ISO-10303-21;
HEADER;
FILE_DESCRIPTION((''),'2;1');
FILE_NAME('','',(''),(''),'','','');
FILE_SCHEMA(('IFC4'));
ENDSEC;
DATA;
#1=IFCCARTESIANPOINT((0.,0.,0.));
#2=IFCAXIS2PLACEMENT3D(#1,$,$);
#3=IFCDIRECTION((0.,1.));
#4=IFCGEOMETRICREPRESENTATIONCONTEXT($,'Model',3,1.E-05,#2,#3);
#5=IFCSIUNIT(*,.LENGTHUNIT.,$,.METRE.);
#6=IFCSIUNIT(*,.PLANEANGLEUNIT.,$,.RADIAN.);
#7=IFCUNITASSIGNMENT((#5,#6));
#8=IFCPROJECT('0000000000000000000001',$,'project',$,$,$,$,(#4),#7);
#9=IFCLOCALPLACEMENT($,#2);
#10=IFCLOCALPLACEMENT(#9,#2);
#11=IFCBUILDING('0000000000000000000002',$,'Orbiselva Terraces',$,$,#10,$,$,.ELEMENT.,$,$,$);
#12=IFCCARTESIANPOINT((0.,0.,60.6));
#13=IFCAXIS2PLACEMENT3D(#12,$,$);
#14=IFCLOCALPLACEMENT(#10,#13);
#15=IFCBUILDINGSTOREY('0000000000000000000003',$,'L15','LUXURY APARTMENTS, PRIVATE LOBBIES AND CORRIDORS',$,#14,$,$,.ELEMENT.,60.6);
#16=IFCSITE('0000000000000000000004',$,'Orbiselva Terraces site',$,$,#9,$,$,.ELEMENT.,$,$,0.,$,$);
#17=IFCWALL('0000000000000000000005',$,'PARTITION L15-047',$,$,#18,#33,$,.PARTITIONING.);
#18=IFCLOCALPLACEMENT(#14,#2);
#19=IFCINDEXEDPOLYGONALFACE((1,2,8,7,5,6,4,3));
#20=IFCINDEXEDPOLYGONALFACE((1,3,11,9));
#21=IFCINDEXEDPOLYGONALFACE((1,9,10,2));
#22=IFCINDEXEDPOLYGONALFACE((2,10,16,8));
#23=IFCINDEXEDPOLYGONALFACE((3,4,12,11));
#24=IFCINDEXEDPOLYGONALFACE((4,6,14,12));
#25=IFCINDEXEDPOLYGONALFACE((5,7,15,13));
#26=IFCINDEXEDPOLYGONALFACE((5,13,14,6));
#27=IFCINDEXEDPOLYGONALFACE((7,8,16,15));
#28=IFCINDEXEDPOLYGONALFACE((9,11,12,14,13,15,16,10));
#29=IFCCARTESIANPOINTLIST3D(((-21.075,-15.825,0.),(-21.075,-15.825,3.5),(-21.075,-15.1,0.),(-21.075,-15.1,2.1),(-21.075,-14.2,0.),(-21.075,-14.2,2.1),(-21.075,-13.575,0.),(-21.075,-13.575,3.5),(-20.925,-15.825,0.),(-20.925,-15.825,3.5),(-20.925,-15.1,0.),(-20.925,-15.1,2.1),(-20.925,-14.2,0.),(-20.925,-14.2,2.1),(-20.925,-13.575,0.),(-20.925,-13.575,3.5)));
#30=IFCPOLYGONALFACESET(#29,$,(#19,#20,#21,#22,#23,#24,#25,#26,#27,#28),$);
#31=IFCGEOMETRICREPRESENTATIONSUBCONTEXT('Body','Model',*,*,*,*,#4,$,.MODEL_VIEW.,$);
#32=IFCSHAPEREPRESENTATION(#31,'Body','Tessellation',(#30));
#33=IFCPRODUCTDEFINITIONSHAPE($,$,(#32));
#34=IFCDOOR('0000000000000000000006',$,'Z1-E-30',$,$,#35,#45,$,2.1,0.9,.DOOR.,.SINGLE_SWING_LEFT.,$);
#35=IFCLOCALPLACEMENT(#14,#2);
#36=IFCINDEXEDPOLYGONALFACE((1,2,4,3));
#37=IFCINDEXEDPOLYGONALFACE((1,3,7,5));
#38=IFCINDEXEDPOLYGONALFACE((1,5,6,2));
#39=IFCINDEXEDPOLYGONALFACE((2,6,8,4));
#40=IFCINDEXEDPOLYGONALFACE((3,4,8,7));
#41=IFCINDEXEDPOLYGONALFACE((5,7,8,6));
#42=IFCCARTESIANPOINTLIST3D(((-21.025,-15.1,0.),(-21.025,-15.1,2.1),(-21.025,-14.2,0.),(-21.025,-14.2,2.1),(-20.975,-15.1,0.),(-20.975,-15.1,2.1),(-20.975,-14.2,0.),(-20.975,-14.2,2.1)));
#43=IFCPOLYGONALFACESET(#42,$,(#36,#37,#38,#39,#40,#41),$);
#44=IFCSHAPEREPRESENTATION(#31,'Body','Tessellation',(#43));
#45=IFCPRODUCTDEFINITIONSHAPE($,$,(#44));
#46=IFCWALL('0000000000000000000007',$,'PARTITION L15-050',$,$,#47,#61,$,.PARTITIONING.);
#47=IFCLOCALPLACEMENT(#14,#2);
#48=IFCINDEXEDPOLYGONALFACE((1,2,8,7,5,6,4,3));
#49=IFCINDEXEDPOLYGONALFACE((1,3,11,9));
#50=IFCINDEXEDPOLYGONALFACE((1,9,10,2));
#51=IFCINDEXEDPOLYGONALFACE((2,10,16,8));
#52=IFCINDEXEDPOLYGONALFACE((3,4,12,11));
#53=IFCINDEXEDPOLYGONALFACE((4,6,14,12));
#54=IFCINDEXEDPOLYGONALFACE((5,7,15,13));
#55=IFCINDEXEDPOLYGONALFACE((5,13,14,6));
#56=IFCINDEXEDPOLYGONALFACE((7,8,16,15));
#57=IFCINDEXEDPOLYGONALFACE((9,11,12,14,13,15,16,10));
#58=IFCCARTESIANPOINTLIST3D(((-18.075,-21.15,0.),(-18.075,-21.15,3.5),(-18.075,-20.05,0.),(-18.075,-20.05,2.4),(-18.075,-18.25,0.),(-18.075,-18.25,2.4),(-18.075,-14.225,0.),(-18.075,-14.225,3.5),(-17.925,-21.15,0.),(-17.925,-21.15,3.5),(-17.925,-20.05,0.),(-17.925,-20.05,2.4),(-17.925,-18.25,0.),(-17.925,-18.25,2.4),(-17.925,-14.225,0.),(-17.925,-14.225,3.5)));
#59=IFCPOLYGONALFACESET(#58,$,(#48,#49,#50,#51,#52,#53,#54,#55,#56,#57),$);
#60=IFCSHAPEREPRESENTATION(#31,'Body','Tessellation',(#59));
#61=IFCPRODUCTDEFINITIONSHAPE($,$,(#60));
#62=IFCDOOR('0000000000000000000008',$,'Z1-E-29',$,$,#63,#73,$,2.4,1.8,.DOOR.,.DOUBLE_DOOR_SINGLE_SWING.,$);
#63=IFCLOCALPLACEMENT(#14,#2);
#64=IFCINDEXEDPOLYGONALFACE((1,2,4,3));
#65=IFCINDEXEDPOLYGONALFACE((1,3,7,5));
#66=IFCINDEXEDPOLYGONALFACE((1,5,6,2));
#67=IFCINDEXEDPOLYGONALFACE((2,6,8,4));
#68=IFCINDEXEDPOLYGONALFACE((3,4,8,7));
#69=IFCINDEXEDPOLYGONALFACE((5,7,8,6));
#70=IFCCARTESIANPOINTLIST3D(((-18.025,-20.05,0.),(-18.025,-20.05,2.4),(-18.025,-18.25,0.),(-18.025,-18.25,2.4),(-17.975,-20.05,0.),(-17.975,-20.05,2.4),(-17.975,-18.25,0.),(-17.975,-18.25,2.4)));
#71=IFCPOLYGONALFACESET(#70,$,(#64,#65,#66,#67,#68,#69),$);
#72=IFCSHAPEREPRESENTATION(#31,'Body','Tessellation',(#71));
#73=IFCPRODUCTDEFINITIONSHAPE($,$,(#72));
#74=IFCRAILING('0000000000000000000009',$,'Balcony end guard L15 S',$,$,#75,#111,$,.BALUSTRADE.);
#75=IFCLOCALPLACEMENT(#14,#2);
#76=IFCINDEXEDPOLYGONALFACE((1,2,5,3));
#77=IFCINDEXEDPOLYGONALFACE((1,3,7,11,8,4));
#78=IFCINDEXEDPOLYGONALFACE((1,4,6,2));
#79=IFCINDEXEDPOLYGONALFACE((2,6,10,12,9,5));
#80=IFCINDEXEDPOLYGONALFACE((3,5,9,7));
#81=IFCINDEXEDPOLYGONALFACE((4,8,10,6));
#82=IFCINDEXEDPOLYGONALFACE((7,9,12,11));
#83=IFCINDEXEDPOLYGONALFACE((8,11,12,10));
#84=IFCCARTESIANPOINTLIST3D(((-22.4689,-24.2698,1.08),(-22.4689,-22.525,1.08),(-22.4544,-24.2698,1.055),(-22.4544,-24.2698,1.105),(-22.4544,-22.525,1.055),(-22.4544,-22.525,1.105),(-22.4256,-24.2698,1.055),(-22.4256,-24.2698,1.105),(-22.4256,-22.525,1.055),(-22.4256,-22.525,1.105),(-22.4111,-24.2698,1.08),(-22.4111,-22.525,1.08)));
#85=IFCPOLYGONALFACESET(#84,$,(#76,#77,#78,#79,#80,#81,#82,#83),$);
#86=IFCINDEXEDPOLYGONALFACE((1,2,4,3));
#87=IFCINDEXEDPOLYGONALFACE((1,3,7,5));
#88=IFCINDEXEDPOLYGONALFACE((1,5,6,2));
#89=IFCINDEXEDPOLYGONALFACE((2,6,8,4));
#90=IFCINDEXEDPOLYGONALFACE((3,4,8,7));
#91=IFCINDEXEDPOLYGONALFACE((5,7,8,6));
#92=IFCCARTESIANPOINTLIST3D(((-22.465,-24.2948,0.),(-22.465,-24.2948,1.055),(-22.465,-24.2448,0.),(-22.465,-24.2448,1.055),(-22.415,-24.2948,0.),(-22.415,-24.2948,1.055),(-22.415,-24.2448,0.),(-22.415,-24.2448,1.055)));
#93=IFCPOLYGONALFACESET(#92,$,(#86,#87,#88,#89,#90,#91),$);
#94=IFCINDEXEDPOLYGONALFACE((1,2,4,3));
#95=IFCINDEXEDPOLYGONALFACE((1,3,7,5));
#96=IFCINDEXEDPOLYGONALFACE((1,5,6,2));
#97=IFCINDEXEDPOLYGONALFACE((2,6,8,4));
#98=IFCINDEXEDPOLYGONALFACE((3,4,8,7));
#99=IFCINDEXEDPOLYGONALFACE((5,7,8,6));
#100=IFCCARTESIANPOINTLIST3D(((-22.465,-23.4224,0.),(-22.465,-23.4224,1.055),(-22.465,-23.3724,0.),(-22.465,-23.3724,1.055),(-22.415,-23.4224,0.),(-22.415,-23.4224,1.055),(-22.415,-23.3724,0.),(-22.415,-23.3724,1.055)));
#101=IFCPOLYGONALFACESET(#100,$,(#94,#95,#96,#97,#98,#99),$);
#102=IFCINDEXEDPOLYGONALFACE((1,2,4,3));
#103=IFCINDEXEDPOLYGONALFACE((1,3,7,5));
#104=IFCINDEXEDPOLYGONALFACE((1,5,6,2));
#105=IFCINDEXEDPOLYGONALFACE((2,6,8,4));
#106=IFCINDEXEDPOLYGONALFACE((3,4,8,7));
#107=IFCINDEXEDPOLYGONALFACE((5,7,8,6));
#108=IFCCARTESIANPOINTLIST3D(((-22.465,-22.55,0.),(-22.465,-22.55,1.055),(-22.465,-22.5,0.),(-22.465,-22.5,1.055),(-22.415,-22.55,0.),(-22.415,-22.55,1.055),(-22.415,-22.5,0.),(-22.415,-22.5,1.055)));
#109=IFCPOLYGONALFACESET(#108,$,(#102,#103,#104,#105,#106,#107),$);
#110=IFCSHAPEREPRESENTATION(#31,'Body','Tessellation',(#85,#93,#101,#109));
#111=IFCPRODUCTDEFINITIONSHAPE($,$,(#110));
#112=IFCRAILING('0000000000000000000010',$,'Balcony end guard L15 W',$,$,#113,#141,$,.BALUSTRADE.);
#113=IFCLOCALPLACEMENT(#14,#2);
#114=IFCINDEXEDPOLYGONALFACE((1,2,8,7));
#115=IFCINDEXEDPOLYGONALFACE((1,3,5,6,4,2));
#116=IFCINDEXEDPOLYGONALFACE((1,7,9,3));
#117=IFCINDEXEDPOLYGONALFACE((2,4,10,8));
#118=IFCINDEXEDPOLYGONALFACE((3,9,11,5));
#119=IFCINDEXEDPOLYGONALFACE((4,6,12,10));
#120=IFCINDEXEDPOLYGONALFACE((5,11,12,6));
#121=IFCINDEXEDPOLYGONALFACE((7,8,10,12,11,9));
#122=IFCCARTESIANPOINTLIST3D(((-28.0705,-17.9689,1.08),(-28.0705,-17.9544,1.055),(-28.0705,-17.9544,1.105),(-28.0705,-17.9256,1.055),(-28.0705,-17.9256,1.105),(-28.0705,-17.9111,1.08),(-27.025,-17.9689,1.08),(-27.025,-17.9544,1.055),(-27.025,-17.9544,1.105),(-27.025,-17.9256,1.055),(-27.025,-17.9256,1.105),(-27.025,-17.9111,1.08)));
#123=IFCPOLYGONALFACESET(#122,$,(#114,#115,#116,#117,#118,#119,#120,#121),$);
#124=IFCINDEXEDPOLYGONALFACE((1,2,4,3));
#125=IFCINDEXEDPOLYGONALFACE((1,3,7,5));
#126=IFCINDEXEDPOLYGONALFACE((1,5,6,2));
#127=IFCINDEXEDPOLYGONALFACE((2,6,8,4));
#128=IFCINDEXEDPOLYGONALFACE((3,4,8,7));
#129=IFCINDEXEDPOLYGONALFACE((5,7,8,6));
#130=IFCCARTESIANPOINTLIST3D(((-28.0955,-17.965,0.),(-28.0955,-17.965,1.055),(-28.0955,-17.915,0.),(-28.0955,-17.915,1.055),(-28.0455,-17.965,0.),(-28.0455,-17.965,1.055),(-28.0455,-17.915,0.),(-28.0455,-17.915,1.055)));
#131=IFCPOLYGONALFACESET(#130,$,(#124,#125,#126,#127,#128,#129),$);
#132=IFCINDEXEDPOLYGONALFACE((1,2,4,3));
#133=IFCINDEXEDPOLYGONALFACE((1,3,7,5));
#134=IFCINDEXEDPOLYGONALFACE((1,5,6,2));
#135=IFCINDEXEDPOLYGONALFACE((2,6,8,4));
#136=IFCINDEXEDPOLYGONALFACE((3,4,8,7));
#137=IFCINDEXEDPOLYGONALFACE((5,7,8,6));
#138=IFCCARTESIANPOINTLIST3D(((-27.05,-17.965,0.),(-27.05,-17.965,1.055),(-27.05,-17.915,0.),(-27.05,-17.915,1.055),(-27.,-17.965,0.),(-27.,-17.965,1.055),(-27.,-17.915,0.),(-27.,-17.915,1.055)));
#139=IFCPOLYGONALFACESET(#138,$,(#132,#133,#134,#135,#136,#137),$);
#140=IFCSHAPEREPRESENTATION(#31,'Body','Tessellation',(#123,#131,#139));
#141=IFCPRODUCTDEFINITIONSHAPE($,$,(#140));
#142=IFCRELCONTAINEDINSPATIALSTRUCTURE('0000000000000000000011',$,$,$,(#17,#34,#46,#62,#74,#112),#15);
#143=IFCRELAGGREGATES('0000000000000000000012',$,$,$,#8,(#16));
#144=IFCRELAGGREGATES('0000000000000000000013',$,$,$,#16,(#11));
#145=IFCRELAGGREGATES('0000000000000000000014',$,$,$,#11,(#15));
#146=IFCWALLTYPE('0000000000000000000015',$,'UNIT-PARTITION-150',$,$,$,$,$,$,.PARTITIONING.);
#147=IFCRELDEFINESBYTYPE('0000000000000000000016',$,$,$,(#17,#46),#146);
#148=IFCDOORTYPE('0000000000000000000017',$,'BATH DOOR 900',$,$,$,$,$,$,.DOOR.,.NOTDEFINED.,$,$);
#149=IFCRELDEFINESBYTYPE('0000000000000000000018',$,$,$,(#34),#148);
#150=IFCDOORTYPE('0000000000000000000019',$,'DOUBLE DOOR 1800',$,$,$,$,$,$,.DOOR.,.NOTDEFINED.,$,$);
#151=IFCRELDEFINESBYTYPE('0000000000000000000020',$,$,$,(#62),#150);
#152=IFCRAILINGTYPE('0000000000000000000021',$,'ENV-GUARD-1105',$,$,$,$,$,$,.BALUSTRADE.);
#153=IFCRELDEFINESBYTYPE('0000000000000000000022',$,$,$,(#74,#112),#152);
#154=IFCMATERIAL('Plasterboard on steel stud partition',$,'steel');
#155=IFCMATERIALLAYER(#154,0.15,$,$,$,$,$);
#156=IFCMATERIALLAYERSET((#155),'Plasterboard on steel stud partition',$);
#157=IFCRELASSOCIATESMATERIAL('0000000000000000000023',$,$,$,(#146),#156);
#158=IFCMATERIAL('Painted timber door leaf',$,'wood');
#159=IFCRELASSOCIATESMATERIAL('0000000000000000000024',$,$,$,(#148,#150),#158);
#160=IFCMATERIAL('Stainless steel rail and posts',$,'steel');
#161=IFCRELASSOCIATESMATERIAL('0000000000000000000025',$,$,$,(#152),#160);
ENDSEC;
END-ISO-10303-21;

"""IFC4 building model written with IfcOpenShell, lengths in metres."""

from ifc_helpers import new_model, si_unit, direction, frame, frame_2d, origin, origin_2d, place, context, subcontext, project, spatial, polyline, rectangle, outline, extrude, material, layer, layer_set, type_object, element, fill, save


model = new_model("IFC4")

# Units and contexts
model_context = context("Model", 3, precision=1e-05, world=origin(), true_north=direction((0.0, 1.0)))
body_context = subcontext(model_context, "Body", "Model", "MODEL_VIEW")
ifc_project = project(units=[si_unit("LENGTHUNIT", "METRE"), si_unit("PLANEANGLEUNIT", "RADIAN")], contexts=[model_context])

# Site, building, storey
site_placement = place(None, origin())
site = spatial("IfcSite", under=ifc_project, at=site_placement, Name="Orbiselva Terraces site", CompositionType="ELEMENT", RefElevation=0.0)
building_placement = place(site_placement, origin())
building = spatial("IfcBuilding", under=site, at=building_placement, Name="Orbiselva Terraces", CompositionType="ELEMENT")
storey_placement = place(building_placement, frame((0.0, 0.0, 60.6)))
storey = spatial("IfcBuildingStorey", under=building, at=storey_placement, Name="L15", Description="LUXURY APARTMENTS, PRIVATE LOBBIES AND CORRIDORS", CompositionType="ELEMENT", Elevation=60.6)

# Shared definitions
ifc_material_1 = material(Name="Plasterboard on steel stud partition", Category="steel")
ifc_layer_1 = layer(ifc_material_1, 0.15)
ifc_layer_set_1 = layer_set([ifc_layer_1], Name="Plasterboard on steel stud partition")
wall_type_1 = type_object("IfcWallType", Name="UNIT-PARTITION-150", PredefinedType="PARTITIONING", material=ifc_layer_set_1)

# Walls, openings, doors
wall_1_placement = place(storey_placement, frame((-21.0, -13.575, 0.0), z_axis=(0.0, 0.0, 1.0), x_axis=(0.0, -1.0, 0.0)))
wall_1 = element("IfcWall", 1, at=wall_1_placement, inside=storey, type_object=wall_type_1, Name="PARTITION L15-047", PredefinedType="PARTITIONING", context=body_context, shape_type="SweptSolid", body=[
    extrude(rectangle(XDim=2.25, YDim=0.15, at=frame_2d((1.125, 0.0))), origin(), (0.0, 0.0, 1.0), 3.5),
])
opening_1_placement = place(wall_1_placement, frame((0.625, 0.0, 0.0)))
opening_1 = element("IfcOpeningElement", 2, at=opening_1_placement, cuts=wall_1, PredefinedType="OPENING", context=body_context, shape_type="SweptSolid", body=[
    extrude(rectangle(XDim=0.9, YDim=2.1, at=frame_2d((0.45, 1.05))), frame((0.0, 0.085, 0.0), z_axis=(0.0, -1.0, 0.0), x_axis=(1.0, 0.0, 0.0)), (0.0, 0.0, 1.0), 0.17),
])
ifc_material_2 = material(Name="Painted timber door leaf", Category="wood")
door_type_1 = type_object("IfcDoorType", Name="BATH DOOR 900", OperationType="NOTDEFINED", PredefinedType="DOOR", material=ifc_material_2)
door_1_placement = place(opening_1_placement, origin())
door_1 = element("IfcDoor", 3, at=door_1_placement, inside=storey, type_object=door_type_1, Name="Z1-E-30", OperationType="SINGLE_SWING_LEFT", OverallHeight=2.1, OverallWidth=0.9, PredefinedType="DOOR", context=body_context, shape_type="SweptSolid", body=[
    extrude(rectangle(XDim=0.9, YDim=2.1, at=frame_2d((0.45, 1.05))), frame((0.0, 0.025, 0.0), z_axis=(0.0, -1.0, 0.0), x_axis=(1.0, 0.0, 0.0)), (0.0, 0.0, 1.0), 0.05),
])
fill(opening_1, door_1)
wall_2_placement = place(storey_placement, frame((-18.0, -21.15, 0.0), z_axis=(0.0, 0.0, 1.0), x_axis=(0.0, 1.0, 0.0)))
wall_2 = element("IfcWall", 4, at=wall_2_placement, inside=storey, type_object=wall_type_1, Name="PARTITION L15-050", PredefinedType="PARTITIONING", context=body_context, shape_type="SweptSolid", body=[
    extrude(rectangle(XDim=6.925, YDim=0.15, at=frame_2d((3.4625, 0.0))), origin(), (0.0, 0.0, 1.0), 3.5),
])
opening_2_placement = place(wall_2_placement, frame((1.1, 0.0, 0.0)))
opening_2 = element("IfcOpeningElement", 5, at=opening_2_placement, cuts=wall_2, PredefinedType="OPENING", context=body_context, shape_type="SweptSolid", body=[
    extrude(rectangle(XDim=1.8, YDim=2.4, at=frame_2d((0.9, 1.2))), frame((0.0, 0.085, 0.0), z_axis=(0.0, -1.0, 0.0), x_axis=(1.0, 0.0, 0.0)), (0.0, 0.0, 1.0), 0.17),
])
door_type_2 = type_object("IfcDoorType", Name="DOUBLE DOOR 1800", OperationType="NOTDEFINED", PredefinedType="DOOR", material=ifc_material_2)
door_2_placement = place(opening_2_placement, origin())
door_2 = element("IfcDoor", 6, at=door_2_placement, inside=storey, type_object=door_type_2, Name="Z1-E-29", OperationType="DOUBLE_DOOR_SINGLE_SWING", OverallHeight=2.4, OverallWidth=1.8, PredefinedType="DOOR", context=body_context, shape_type="SweptSolid", body=[
    extrude(rectangle(XDim=1.8, YDim=2.4, at=frame_2d((0.9, 1.2))), frame((0.0, 0.025, 0.0), z_axis=(0.0, -1.0, 0.0), x_axis=(1.0, 0.0, 0.0)), (0.0, 0.0, 1.0), 0.05),
])
fill(opening_2, door_2)

# Railings
ifc_material_3 = material(Name="Stainless steel rail and posts", Category="steel")
railing_type_1 = type_object("IfcRailingType", Name="ENV-GUARD-1105", PredefinedType="BALUSTRADE", material=ifc_material_3)
railing_1_placement = place(storey_placement, frame((-22.44, -24.2698, 0.0)))
element("IfcRailing", 7, at=railing_1_placement, inside=storey, type_object=railing_type_1, Name="Balcony end guard L15 S", PredefinedType="BALUSTRADE", context=body_context, shape_type="SweptSolid", body=[
    extrude(outline(polyline([(0.0289, 0.0), (0.0144, 0.025), (-0.0144, 0.025), (-0.0289, 0.0), (-0.0144, -0.025), (0.0144, -0.025), (0.0289, 0.0)])), frame((0.0, 0.0, 1.08), z_axis=(0.0, 1.0, 0.0), x_axis=(-1.0, 0.0, 0.0)), (0.0, 0.0, 1.0), 1.7448),
    extrude(rectangle(XDim=0.05, YDim=0.05, at=origin_2d()), origin(), (0.0, 0.0, 1.0), 1.055),
    extrude(rectangle(XDim=0.05, YDim=0.05, at=origin_2d()), frame((0.0, 0.8724, 0.0)), (0.0, 0.0, 1.0), 1.055),
    extrude(rectangle(XDim=0.05, YDim=0.05, at=origin_2d()), frame((0.0, 1.7448, 0.0)), (0.0, 0.0, 1.0), 1.055),
])
railing_2_placement = place(storey_placement, frame((-28.0705, -17.94, 0.0)))
element("IfcRailing", 8, at=railing_2_placement, inside=storey, type_object=railing_type_1, Name="Balcony end guard L15 W", PredefinedType="BALUSTRADE", context=body_context, shape_type="SweptSolid", body=[
    extrude(outline(polyline([(0.0289, 0.0), (0.0144, 0.025), (-0.0144, 0.025), (-0.0289, 0.0), (-0.0144, -0.025), (0.0144, -0.025), (0.0289, 0.0)])), frame((0.0, 0.0, 1.08), z_axis=(1.0, 0.0, 0.0), x_axis=(0.0, 1.0, 0.0)), (0.0, 0.0, 1.0), 1.0455),
    extrude(rectangle(XDim=0.05, YDim=0.05, at=origin_2d()), origin(), (0.0, 0.0, 1.0), 1.055),
    extrude(rectangle(XDim=0.05, YDim=0.05, at=origin_2d()), frame((1.0455, 0.0, 0.0)), (0.0, 0.0, 1.0), 1.055),
])

save(model, "model.ifc")
